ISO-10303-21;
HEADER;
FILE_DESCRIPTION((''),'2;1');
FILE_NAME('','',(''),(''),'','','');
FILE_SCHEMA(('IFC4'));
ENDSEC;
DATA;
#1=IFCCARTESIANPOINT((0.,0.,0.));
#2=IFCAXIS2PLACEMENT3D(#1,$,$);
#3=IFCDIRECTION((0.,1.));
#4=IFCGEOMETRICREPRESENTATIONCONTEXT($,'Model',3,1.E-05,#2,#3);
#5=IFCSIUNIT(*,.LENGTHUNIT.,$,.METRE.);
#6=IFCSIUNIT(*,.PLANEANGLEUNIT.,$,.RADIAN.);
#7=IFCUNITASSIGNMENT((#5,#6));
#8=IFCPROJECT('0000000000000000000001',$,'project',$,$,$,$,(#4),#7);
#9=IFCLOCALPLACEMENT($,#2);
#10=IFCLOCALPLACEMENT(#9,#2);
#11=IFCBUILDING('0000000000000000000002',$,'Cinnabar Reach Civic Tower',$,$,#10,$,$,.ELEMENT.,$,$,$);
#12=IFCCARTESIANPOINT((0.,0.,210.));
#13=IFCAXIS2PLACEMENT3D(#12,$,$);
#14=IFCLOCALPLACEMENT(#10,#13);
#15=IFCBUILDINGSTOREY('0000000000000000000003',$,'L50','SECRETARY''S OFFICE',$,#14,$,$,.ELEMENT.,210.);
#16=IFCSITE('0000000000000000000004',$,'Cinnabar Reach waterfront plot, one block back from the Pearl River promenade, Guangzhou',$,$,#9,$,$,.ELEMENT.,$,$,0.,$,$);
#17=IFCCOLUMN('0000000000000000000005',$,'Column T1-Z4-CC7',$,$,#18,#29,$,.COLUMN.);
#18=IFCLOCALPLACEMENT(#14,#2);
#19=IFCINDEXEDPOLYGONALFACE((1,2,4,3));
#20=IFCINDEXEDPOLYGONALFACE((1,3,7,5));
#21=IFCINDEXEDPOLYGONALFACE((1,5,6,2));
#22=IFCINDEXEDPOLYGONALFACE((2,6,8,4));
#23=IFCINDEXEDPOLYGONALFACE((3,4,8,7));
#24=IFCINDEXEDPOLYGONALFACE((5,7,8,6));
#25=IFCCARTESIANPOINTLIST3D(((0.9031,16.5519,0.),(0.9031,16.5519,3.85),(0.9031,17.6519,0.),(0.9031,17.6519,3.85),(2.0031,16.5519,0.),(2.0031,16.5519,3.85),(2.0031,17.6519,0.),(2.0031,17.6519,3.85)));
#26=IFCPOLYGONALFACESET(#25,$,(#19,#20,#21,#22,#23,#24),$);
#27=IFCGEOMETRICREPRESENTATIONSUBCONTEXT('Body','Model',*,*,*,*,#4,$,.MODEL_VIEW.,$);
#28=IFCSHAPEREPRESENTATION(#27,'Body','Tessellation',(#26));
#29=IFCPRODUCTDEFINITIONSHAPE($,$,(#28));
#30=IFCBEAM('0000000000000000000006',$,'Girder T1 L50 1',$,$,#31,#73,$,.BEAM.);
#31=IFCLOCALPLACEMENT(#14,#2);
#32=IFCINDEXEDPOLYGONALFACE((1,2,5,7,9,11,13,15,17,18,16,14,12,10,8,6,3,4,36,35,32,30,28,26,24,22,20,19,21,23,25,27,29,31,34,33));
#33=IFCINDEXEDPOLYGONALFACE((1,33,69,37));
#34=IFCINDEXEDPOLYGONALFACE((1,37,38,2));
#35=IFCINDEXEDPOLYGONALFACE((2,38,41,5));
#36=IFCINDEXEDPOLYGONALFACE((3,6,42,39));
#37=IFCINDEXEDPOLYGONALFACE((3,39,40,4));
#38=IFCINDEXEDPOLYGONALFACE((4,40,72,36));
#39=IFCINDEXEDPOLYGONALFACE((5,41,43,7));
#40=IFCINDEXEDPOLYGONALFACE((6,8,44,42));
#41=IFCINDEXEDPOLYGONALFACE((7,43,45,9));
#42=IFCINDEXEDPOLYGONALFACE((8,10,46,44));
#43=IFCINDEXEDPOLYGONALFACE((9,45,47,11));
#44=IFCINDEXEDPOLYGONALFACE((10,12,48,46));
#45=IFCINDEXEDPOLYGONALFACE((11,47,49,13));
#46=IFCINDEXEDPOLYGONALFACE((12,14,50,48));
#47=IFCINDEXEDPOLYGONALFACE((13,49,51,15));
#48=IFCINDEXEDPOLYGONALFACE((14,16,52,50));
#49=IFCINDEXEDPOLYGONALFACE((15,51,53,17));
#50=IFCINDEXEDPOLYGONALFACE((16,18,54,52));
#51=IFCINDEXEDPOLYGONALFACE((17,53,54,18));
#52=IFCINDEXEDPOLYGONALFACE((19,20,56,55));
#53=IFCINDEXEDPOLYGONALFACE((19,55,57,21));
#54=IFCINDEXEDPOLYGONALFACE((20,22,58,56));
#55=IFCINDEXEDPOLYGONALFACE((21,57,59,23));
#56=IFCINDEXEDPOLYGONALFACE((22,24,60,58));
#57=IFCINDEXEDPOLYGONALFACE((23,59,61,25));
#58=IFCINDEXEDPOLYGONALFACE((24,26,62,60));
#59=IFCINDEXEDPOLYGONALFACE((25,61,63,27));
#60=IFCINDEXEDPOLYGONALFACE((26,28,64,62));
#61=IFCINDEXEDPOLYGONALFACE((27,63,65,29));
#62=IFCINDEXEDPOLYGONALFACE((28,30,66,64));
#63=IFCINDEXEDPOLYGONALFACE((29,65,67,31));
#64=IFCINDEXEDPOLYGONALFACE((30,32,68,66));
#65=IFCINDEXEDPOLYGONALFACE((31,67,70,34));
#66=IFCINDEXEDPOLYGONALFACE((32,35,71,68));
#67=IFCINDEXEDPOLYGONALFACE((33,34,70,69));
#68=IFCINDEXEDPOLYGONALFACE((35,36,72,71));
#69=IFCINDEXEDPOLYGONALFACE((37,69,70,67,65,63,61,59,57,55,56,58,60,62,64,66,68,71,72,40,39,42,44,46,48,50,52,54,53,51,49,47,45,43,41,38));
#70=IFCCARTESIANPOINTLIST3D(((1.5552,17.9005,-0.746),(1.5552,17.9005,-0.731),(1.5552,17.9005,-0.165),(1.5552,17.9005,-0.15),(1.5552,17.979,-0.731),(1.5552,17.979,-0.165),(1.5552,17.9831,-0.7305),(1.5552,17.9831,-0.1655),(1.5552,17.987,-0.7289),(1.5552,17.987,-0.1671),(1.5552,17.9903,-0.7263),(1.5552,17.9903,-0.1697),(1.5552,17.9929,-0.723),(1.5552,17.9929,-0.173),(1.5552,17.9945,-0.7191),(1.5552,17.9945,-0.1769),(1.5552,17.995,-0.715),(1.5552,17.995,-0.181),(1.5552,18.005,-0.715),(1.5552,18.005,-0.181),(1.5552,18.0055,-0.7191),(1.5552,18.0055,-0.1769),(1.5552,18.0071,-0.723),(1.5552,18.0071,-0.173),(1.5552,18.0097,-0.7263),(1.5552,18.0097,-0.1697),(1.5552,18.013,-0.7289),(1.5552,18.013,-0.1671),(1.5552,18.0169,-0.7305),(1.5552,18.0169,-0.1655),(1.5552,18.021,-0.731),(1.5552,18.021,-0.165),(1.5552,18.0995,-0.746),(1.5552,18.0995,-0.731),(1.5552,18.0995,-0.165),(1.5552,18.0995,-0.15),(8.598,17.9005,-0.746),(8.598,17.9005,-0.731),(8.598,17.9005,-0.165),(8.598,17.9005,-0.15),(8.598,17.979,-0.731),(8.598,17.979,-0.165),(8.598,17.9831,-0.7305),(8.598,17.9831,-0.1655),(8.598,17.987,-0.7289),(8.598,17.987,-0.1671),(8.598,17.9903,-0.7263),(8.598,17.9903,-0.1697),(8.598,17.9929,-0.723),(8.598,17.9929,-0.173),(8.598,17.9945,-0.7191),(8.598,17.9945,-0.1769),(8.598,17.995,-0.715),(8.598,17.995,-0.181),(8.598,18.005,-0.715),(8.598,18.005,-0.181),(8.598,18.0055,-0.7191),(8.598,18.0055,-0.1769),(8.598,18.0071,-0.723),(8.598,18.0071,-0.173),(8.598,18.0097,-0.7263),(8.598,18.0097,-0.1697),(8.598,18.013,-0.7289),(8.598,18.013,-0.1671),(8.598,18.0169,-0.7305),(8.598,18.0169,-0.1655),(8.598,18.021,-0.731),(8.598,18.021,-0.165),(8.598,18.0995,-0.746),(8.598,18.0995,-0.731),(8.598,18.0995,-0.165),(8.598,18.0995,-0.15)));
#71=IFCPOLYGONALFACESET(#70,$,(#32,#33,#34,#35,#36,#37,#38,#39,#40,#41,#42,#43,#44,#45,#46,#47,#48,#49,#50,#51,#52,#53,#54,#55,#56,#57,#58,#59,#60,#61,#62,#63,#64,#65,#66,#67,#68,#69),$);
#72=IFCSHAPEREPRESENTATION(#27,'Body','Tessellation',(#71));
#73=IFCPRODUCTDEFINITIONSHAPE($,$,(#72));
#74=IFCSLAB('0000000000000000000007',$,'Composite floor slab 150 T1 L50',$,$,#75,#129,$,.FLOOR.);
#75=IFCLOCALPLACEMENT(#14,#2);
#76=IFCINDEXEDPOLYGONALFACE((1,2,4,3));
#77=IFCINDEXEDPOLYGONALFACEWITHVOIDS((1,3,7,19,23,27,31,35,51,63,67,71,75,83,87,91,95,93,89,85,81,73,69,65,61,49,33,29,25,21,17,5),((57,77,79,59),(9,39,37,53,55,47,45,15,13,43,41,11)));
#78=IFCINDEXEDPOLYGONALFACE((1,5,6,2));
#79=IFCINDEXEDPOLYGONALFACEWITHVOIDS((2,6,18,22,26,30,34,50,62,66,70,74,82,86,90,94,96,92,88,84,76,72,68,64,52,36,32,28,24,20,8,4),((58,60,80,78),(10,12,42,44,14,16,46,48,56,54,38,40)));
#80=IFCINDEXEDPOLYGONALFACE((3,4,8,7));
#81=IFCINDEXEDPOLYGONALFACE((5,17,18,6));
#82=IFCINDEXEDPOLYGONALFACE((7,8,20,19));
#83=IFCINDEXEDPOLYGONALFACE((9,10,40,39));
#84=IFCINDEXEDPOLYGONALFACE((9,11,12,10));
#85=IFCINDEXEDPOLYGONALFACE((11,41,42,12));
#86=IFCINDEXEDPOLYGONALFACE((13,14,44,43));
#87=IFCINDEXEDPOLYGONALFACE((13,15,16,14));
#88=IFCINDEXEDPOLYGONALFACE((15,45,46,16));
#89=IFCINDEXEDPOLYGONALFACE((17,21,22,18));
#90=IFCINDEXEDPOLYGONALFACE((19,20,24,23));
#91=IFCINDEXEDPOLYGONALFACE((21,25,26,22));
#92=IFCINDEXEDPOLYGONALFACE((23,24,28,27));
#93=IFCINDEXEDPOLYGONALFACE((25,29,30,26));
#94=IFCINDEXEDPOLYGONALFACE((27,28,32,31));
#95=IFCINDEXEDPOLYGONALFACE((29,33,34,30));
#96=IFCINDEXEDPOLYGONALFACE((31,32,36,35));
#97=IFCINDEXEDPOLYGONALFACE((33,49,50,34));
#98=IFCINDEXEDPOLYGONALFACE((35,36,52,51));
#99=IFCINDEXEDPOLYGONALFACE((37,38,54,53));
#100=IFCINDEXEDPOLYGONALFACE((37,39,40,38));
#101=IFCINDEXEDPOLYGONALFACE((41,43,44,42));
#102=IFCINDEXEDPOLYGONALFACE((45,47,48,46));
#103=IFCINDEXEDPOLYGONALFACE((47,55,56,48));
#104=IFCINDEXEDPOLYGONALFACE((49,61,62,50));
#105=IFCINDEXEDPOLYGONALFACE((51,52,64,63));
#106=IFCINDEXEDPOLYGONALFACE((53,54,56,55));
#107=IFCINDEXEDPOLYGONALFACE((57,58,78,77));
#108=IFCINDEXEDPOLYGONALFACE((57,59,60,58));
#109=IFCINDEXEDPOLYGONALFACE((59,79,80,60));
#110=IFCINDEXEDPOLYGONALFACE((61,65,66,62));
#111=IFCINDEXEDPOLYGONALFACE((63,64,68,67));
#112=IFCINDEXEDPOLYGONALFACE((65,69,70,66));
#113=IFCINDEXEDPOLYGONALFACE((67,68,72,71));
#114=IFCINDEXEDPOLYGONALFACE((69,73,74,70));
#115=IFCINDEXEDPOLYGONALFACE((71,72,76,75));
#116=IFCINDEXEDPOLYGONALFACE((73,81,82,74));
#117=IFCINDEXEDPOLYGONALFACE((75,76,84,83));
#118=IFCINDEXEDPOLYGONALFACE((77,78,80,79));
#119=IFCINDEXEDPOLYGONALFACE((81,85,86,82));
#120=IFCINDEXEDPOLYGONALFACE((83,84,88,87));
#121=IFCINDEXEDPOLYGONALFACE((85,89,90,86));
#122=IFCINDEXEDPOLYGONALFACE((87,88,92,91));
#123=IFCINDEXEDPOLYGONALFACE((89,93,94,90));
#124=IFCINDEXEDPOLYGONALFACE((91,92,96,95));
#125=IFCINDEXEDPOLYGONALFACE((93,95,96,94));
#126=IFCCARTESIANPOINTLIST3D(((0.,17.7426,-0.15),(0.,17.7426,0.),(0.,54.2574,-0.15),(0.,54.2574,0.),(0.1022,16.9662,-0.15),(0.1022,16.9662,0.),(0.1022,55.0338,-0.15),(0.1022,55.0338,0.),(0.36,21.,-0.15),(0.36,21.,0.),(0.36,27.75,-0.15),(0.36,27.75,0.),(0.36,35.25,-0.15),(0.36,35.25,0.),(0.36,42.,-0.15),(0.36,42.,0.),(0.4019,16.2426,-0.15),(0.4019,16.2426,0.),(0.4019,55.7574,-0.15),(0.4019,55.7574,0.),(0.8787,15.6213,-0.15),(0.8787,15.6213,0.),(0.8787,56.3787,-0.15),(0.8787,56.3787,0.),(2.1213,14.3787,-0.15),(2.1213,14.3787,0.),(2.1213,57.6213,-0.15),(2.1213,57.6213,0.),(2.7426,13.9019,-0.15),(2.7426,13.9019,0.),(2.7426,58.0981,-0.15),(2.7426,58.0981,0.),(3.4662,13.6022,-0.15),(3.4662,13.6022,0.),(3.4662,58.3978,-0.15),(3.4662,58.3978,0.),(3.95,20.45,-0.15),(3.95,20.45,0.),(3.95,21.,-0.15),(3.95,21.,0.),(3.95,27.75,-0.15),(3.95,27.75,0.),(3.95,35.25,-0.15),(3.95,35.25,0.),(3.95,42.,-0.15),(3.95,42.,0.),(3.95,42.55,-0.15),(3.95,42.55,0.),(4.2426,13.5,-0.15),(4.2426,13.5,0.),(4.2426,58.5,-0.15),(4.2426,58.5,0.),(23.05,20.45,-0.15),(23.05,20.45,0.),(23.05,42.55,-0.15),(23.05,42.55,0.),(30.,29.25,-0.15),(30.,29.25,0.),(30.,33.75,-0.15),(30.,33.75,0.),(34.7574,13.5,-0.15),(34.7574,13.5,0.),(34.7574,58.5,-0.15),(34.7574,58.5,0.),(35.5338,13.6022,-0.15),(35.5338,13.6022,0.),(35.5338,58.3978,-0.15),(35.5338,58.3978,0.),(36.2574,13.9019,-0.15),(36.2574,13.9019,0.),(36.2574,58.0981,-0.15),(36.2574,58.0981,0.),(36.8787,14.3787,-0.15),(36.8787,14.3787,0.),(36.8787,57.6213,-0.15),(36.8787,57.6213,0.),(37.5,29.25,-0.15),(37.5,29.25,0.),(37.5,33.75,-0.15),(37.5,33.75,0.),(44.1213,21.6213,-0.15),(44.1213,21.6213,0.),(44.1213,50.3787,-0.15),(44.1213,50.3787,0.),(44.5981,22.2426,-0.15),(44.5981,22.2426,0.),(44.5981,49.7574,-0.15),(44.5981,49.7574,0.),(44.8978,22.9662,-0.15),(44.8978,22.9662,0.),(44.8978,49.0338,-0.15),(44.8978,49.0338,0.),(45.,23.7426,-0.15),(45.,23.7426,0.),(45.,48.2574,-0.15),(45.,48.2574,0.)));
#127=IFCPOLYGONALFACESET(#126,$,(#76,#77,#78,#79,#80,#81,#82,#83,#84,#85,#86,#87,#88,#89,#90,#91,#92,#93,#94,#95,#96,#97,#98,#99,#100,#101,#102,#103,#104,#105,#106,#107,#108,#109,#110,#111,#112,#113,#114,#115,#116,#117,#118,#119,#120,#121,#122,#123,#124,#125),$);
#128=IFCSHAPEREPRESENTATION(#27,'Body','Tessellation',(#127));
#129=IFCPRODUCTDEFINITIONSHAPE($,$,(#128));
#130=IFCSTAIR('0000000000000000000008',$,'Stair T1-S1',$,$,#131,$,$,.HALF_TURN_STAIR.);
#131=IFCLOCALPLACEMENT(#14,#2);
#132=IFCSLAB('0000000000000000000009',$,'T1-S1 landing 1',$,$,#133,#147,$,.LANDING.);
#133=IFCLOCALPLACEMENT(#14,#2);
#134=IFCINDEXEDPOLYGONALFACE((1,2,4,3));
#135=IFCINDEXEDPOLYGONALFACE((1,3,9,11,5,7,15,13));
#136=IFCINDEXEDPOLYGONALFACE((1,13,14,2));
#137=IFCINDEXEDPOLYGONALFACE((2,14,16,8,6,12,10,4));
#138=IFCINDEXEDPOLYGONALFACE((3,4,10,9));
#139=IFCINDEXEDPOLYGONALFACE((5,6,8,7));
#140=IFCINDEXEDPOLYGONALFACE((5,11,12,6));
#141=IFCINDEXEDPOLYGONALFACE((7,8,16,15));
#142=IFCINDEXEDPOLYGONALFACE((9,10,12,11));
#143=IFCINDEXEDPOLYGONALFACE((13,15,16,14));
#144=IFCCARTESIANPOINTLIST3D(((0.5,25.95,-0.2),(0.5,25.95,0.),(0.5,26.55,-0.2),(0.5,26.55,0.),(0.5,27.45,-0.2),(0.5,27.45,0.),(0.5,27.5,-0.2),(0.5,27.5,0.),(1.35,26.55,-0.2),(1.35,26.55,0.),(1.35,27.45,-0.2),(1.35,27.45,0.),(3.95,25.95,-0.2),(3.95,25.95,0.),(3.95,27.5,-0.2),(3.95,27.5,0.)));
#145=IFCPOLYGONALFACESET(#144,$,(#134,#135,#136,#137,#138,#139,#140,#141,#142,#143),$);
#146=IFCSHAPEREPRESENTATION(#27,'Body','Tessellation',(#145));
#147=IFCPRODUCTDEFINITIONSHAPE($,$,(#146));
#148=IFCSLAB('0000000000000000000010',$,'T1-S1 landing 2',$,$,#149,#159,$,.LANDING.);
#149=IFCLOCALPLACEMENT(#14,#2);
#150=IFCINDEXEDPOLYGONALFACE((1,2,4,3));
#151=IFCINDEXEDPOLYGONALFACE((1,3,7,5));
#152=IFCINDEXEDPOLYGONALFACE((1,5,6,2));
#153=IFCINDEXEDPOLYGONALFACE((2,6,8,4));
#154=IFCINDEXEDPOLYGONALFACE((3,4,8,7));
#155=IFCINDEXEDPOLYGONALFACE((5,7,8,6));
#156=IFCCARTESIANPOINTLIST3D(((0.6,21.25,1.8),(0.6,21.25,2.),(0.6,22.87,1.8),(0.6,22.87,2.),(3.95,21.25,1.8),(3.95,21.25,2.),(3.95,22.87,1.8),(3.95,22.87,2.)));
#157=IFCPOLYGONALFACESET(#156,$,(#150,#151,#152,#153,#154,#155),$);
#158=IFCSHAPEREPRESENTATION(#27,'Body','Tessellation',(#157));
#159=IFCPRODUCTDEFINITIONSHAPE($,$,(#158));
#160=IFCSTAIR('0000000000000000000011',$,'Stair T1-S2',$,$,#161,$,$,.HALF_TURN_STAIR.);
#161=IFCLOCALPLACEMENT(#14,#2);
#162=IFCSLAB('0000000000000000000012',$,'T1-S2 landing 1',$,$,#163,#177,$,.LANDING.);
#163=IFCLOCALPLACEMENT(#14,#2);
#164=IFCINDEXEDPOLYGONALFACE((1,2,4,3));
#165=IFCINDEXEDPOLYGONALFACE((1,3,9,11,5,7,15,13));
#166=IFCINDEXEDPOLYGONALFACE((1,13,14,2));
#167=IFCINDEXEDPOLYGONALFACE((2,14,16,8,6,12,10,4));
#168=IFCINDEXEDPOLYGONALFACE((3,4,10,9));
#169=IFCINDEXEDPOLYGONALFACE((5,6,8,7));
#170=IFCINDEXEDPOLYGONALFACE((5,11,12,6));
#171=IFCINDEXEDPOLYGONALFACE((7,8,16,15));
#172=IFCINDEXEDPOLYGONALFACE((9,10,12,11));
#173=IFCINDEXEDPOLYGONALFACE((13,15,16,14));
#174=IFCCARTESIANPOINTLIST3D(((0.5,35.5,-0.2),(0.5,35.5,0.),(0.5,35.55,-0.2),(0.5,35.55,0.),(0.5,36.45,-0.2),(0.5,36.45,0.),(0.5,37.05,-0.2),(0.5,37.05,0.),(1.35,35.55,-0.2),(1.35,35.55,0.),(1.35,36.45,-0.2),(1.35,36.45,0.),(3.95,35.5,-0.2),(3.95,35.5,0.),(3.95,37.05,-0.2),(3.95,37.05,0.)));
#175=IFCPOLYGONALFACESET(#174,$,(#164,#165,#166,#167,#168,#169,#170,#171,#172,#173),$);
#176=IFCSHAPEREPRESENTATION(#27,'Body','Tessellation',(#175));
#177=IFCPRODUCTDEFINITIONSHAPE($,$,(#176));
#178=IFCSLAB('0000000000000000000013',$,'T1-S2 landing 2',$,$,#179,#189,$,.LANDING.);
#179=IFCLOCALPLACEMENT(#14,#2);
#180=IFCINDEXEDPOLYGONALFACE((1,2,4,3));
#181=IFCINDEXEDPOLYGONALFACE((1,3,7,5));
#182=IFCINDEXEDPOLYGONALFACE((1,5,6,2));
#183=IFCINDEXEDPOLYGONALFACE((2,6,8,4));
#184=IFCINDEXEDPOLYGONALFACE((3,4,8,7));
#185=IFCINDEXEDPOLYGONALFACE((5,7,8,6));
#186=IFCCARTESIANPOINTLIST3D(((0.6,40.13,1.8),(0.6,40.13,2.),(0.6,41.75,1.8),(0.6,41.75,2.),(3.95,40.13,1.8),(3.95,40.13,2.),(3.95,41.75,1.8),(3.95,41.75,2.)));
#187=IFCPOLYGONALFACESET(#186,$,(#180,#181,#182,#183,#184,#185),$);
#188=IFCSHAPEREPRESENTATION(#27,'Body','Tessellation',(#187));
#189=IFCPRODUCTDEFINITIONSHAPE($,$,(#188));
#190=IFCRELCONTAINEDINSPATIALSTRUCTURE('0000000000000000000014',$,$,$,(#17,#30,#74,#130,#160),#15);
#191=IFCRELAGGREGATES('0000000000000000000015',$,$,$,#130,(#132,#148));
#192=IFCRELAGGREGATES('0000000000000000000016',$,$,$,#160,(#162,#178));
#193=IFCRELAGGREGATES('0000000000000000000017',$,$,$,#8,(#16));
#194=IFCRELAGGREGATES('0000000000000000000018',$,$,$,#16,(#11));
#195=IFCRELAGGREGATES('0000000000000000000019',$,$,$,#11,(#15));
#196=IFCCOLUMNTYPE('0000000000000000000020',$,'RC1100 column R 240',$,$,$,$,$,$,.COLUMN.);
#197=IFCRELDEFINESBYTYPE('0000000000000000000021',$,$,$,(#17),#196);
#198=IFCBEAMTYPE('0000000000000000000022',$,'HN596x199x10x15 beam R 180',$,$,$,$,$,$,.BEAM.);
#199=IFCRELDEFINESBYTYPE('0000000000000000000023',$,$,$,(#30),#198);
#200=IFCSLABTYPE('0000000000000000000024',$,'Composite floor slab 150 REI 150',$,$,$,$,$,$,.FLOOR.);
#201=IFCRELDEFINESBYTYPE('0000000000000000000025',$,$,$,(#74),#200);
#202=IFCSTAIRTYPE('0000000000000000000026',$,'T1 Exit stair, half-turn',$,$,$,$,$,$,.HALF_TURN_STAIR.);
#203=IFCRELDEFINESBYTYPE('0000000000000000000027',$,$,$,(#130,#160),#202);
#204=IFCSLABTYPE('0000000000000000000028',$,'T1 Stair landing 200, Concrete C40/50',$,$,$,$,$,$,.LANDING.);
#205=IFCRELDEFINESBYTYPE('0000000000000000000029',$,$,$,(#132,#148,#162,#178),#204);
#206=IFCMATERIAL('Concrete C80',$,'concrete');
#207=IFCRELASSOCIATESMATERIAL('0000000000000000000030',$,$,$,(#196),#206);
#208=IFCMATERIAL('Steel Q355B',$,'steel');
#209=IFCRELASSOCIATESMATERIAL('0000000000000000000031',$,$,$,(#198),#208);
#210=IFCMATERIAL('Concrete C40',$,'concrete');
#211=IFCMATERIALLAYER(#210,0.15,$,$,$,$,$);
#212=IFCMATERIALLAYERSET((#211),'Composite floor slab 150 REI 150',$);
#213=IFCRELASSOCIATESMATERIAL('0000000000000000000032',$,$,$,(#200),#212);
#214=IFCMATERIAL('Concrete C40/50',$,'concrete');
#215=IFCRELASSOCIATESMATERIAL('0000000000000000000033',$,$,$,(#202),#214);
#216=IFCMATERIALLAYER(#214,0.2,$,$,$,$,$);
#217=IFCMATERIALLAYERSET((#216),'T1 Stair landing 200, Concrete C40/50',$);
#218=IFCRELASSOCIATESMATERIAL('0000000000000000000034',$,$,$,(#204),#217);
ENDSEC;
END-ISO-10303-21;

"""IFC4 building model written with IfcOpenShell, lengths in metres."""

from ifc_helpers import new_model, si_unit, direction, frame, origin, origin_2d, place, context, subcontext, project, spatial, polyline, rectangle, i_section, outline, extrude, material, layer, layer_set, material_profile, profile_set, type_object, element, aggregate, save


model = new_model("IFC4")

# Units and contexts
model_context = context("Model", 3, precision=1e-05, world=origin(), true_north=direction((0.0, 1.0)))
body_context = subcontext(model_context, "Body", "Model", "MODEL_VIEW")
ifc_project = project(units=[si_unit("LENGTHUNIT", "METRE"), si_unit("PLANEANGLEUNIT", "RADIAN")], contexts=[model_context])

# Site, building, storey
site_placement = place(None, origin())
site = spatial("IfcSite", under=ifc_project, at=site_placement, Name="Cinnabar Reach waterfront plot, one block back from the Pearl River promenade, Guangzhou", CompositionType="ELEMENT", RefElevation=0.0)
building_placement = place(site_placement, origin())
building = spatial("IfcBuilding", under=site, at=building_placement, Name="Cinnabar Reach Civic Tower", CompositionType="ELEMENT")
storey_placement = place(building_placement, frame((0.0, 0.0, 210.0)))
storey = spatial("IfcBuildingStorey", under=building, at=storey_placement, Name="L50", Description="SECRETARY'S OFFICE", CompositionType="ELEMENT", Elevation=210.0)

# Column
ifc_material_1 = material(Name="Concrete C80", Category="concrete")
ifc_material_profile_1 = material_profile(ifc_material_1, rectangle(XDim=1.1, YDim=1.1, at=origin_2d()), Name="RC1100")
ifc_profile_set_1 = profile_set([ifc_material_profile_1], Name="Concrete C80")
column_type = type_object("IfcColumnType", Name="RC1100 column R 240", PredefinedType="COLUMN", material=ifc_profile_set_1)
column_placement = place(storey_placement, frame((1.4531, 17.1019, 0.0), z_axis=(0.0, 0.0, 1.0), x_axis=(1.0, 0.0, 0.0)))
element("IfcColumn", 1, at=column_placement, inside=storey, type_object=column_type, Name="Column T1-Z4-CC7", PredefinedType="COLUMN", context=body_context, shape_type="SweptSolid", body=[
    extrude(rectangle(XDim=1.1, YDim=1.1, at=origin_2d()), origin(), (0.0, 0.0, 1.0), 3.85),
])

# Beam
ifc_material_2 = material(Name="Steel Q355B", Category="steel")
ifc_material_profile_2 = material_profile(ifc_material_2, i_section(OverallWidth=0.199, OverallDepth=0.596, WebThickness=0.01, FlangeThickness=0.015, FilletRadius=0.016, at=origin_2d()), Name="HN596x199x10x15")
ifc_profile_set_2 = profile_set([ifc_material_profile_2], Name="Steel Q355B")
beam_type = type_object("IfcBeamType", Name="HN596x199x10x15 beam R 180", PredefinedType="BEAM", material=ifc_profile_set_2)
beam_placement = place(storey_placement, frame((1.5552, 18.0, -0.448), z_axis=(1.0, 0.0, 0.0), x_axis=(0.0, 1.0, 0.0)))
element("IfcBeam", 2, at=beam_placement, inside=storey, type_object=beam_type, Name="Girder T1 L50 1", PredefinedType="BEAM", context=body_context, shape_type="SweptSolid", body=[
    extrude(i_section(OverallWidth=0.199, OverallDepth=0.596, WebThickness=0.01, FlangeThickness=0.015, FilletRadius=0.016, at=origin_2d()), origin(), (0.0, 0.0, 1.0), 7.0428),
])

# Slab
ifc_material_3 = material(Name="Concrete C40", Category="concrete")
ifc_layer_1 = layer(ifc_material_3, 0.15)
ifc_layer_set_1 = layer_set([ifc_layer_1], Name="Composite floor slab 150 REI 150")
slab_type_1 = type_object("IfcSlabType", Name="Composite floor slab 150 REI 150", PredefinedType="FLOOR", material=ifc_layer_set_1)
slab_1_placement = place(storey_placement, frame((0.0, 0.0, -0.15)))
element("IfcSlab", 3, at=slab_1_placement, inside=storey, type_object=slab_type_1, Name="Composite floor slab 150 T1 L50", PredefinedType="FLOOR", context=body_context, shape_type="SweptSolid", body=[
    extrude(outline(polyline([(0.8787, 15.6213), (0.4019, 16.2426), (0.1022, 16.9662), (0.0, 17.7426), (0.0, 54.2574), (0.1022, 55.0338), (0.4019, 55.7574), (0.8787, 56.3787), (2.1213, 57.6213), (2.7426, 58.0981), (3.4662, 58.3978), (4.2426, 58.5), (34.7574, 58.5), (35.5338, 58.3978), (36.2574, 58.0981), (36.8787, 57.6213), (44.1213, 50.3787), (44.5981, 49.7574), (44.8978, 49.0338), (45.0, 48.2574), (45.0, 23.7426), (44.8978, 22.9662), (44.5981, 22.2426), (44.1213, 21.6213), (36.8787, 14.3787), (36.2574, 13.9019), (35.5338, 13.6022), (34.7574, 13.5), (4.2426, 13.5), (3.4662, 13.6022), (2.7426, 13.9019), (2.1213, 14.3787), (0.8787, 15.6213)]), holes=[polyline([(0.36, 21.0), (3.95, 21.0), (3.95, 20.45), (23.05, 20.45), (23.05, 42.55), (3.95, 42.55), (3.95, 42.0), (0.36, 42.0), (0.36, 35.25), (3.95, 35.25), (3.95, 27.75), (0.36, 27.75), (0.36, 21.0)]), polyline([(30.0, 33.75), (30.0, 29.25), (37.5, 29.25), (37.5, 33.75), (30.0, 33.75)])]), origin(), (0.0, 0.0, 1.0), 0.15),
])

# Stairs, slabs
ifc_material_4 = material(Name="Concrete C40/50", Category="concrete")
stair_type = type_object("IfcStairType", Name="T1 Exit stair, half-turn", PredefinedType="HALF_TURN_STAIR", material=ifc_material_4)
stair_1_placement = place(storey_placement, origin())
stair_1 = element("IfcStair", 4, at=stair_1_placement, inside=storey, type_object=stair_type, Name="Stair T1-S1", PredefinedType="HALF_TURN_STAIR")
ifc_layer_2 = layer(ifc_material_4, 0.2)
ifc_layer_set_2 = layer_set([ifc_layer_2], Name="T1 Stair landing 200, Concrete C40/50")
slab_type_2 = type_object("IfcSlabType", Name="T1 Stair landing 200, Concrete C40/50", PredefinedType="LANDING", material=ifc_layer_set_2)
slab_2_placement = place(storey_placement, frame((0.0, 0.0, -0.2)))
slab_2 = element("IfcSlab", 5, at=slab_2_placement, type_object=slab_type_2, Name="T1-S1 landing 1", PredefinedType="LANDING", context=body_context, shape_type="SweptSolid", body=[
    extrude(outline(polyline([(0.5, 27.5), (3.95, 27.5), (3.95, 25.95), (0.5, 25.95), (0.5, 26.55), (1.35, 26.55), (1.35, 27.45), (0.5, 27.45), (0.5, 27.5)])), origin(), (0.0, 0.0, 1.0), 0.2),
])
slab_3_placement = place(storey_placement, frame((0.0, 0.0, 1.8)))
slab_3 = element("IfcSlab", 6, at=slab_3_placement, type_object=slab_type_2, Name="T1-S1 landing 2", PredefinedType="LANDING", context=body_context, shape_type="SweptSolid", body=[
    extrude(outline(polyline([(0.6, 21.25), (0.6, 22.87), (3.95, 22.87), (3.95, 21.25), (0.6, 21.25)])), origin(), (0.0, 0.0, 1.0), 0.2),
])
aggregate(stair_1, [slab_2, slab_3])
stair_2_placement = place(storey_placement, origin())
stair_2 = element("IfcStair", 7, at=stair_2_placement, inside=storey, type_object=stair_type, Name="Stair T1-S2", PredefinedType="HALF_TURN_STAIR")
slab_4_placement = place(storey_placement, frame((0.0, 0.0, -0.2)))
slab_4 = element("IfcSlab", 8, at=slab_4_placement, type_object=slab_type_2, Name="T1-S2 landing 1", PredefinedType="LANDING", context=body_context, shape_type="SweptSolid", body=[
    extrude(outline(polyline([(0.5, 37.05), (3.95, 37.05), (3.95, 35.5), (0.5, 35.5), (0.5, 35.55), (1.35, 35.55), (1.35, 36.45), (0.5, 36.45), (0.5, 37.05)])), origin(), (0.0, 0.0, 1.0), 0.2),
])
slab_5_placement = place(storey_placement, frame((0.0, 0.0, 1.8)))
slab_5 = element("IfcSlab", 9, at=slab_5_placement, type_object=slab_type_2, Name="T1-S2 landing 2", PredefinedType="LANDING", context=body_context, shape_type="SweptSolid", body=[
    extrude(outline(polyline([(0.6, 40.13), (0.6, 41.75), (3.95, 41.75), (3.95, 40.13), (0.6, 40.13)])), origin(), (0.0, 0.0, 1.0), 0.2),
])
aggregate(stair_2, [slab_4, slab_5])

save(model, "model.ifc")
